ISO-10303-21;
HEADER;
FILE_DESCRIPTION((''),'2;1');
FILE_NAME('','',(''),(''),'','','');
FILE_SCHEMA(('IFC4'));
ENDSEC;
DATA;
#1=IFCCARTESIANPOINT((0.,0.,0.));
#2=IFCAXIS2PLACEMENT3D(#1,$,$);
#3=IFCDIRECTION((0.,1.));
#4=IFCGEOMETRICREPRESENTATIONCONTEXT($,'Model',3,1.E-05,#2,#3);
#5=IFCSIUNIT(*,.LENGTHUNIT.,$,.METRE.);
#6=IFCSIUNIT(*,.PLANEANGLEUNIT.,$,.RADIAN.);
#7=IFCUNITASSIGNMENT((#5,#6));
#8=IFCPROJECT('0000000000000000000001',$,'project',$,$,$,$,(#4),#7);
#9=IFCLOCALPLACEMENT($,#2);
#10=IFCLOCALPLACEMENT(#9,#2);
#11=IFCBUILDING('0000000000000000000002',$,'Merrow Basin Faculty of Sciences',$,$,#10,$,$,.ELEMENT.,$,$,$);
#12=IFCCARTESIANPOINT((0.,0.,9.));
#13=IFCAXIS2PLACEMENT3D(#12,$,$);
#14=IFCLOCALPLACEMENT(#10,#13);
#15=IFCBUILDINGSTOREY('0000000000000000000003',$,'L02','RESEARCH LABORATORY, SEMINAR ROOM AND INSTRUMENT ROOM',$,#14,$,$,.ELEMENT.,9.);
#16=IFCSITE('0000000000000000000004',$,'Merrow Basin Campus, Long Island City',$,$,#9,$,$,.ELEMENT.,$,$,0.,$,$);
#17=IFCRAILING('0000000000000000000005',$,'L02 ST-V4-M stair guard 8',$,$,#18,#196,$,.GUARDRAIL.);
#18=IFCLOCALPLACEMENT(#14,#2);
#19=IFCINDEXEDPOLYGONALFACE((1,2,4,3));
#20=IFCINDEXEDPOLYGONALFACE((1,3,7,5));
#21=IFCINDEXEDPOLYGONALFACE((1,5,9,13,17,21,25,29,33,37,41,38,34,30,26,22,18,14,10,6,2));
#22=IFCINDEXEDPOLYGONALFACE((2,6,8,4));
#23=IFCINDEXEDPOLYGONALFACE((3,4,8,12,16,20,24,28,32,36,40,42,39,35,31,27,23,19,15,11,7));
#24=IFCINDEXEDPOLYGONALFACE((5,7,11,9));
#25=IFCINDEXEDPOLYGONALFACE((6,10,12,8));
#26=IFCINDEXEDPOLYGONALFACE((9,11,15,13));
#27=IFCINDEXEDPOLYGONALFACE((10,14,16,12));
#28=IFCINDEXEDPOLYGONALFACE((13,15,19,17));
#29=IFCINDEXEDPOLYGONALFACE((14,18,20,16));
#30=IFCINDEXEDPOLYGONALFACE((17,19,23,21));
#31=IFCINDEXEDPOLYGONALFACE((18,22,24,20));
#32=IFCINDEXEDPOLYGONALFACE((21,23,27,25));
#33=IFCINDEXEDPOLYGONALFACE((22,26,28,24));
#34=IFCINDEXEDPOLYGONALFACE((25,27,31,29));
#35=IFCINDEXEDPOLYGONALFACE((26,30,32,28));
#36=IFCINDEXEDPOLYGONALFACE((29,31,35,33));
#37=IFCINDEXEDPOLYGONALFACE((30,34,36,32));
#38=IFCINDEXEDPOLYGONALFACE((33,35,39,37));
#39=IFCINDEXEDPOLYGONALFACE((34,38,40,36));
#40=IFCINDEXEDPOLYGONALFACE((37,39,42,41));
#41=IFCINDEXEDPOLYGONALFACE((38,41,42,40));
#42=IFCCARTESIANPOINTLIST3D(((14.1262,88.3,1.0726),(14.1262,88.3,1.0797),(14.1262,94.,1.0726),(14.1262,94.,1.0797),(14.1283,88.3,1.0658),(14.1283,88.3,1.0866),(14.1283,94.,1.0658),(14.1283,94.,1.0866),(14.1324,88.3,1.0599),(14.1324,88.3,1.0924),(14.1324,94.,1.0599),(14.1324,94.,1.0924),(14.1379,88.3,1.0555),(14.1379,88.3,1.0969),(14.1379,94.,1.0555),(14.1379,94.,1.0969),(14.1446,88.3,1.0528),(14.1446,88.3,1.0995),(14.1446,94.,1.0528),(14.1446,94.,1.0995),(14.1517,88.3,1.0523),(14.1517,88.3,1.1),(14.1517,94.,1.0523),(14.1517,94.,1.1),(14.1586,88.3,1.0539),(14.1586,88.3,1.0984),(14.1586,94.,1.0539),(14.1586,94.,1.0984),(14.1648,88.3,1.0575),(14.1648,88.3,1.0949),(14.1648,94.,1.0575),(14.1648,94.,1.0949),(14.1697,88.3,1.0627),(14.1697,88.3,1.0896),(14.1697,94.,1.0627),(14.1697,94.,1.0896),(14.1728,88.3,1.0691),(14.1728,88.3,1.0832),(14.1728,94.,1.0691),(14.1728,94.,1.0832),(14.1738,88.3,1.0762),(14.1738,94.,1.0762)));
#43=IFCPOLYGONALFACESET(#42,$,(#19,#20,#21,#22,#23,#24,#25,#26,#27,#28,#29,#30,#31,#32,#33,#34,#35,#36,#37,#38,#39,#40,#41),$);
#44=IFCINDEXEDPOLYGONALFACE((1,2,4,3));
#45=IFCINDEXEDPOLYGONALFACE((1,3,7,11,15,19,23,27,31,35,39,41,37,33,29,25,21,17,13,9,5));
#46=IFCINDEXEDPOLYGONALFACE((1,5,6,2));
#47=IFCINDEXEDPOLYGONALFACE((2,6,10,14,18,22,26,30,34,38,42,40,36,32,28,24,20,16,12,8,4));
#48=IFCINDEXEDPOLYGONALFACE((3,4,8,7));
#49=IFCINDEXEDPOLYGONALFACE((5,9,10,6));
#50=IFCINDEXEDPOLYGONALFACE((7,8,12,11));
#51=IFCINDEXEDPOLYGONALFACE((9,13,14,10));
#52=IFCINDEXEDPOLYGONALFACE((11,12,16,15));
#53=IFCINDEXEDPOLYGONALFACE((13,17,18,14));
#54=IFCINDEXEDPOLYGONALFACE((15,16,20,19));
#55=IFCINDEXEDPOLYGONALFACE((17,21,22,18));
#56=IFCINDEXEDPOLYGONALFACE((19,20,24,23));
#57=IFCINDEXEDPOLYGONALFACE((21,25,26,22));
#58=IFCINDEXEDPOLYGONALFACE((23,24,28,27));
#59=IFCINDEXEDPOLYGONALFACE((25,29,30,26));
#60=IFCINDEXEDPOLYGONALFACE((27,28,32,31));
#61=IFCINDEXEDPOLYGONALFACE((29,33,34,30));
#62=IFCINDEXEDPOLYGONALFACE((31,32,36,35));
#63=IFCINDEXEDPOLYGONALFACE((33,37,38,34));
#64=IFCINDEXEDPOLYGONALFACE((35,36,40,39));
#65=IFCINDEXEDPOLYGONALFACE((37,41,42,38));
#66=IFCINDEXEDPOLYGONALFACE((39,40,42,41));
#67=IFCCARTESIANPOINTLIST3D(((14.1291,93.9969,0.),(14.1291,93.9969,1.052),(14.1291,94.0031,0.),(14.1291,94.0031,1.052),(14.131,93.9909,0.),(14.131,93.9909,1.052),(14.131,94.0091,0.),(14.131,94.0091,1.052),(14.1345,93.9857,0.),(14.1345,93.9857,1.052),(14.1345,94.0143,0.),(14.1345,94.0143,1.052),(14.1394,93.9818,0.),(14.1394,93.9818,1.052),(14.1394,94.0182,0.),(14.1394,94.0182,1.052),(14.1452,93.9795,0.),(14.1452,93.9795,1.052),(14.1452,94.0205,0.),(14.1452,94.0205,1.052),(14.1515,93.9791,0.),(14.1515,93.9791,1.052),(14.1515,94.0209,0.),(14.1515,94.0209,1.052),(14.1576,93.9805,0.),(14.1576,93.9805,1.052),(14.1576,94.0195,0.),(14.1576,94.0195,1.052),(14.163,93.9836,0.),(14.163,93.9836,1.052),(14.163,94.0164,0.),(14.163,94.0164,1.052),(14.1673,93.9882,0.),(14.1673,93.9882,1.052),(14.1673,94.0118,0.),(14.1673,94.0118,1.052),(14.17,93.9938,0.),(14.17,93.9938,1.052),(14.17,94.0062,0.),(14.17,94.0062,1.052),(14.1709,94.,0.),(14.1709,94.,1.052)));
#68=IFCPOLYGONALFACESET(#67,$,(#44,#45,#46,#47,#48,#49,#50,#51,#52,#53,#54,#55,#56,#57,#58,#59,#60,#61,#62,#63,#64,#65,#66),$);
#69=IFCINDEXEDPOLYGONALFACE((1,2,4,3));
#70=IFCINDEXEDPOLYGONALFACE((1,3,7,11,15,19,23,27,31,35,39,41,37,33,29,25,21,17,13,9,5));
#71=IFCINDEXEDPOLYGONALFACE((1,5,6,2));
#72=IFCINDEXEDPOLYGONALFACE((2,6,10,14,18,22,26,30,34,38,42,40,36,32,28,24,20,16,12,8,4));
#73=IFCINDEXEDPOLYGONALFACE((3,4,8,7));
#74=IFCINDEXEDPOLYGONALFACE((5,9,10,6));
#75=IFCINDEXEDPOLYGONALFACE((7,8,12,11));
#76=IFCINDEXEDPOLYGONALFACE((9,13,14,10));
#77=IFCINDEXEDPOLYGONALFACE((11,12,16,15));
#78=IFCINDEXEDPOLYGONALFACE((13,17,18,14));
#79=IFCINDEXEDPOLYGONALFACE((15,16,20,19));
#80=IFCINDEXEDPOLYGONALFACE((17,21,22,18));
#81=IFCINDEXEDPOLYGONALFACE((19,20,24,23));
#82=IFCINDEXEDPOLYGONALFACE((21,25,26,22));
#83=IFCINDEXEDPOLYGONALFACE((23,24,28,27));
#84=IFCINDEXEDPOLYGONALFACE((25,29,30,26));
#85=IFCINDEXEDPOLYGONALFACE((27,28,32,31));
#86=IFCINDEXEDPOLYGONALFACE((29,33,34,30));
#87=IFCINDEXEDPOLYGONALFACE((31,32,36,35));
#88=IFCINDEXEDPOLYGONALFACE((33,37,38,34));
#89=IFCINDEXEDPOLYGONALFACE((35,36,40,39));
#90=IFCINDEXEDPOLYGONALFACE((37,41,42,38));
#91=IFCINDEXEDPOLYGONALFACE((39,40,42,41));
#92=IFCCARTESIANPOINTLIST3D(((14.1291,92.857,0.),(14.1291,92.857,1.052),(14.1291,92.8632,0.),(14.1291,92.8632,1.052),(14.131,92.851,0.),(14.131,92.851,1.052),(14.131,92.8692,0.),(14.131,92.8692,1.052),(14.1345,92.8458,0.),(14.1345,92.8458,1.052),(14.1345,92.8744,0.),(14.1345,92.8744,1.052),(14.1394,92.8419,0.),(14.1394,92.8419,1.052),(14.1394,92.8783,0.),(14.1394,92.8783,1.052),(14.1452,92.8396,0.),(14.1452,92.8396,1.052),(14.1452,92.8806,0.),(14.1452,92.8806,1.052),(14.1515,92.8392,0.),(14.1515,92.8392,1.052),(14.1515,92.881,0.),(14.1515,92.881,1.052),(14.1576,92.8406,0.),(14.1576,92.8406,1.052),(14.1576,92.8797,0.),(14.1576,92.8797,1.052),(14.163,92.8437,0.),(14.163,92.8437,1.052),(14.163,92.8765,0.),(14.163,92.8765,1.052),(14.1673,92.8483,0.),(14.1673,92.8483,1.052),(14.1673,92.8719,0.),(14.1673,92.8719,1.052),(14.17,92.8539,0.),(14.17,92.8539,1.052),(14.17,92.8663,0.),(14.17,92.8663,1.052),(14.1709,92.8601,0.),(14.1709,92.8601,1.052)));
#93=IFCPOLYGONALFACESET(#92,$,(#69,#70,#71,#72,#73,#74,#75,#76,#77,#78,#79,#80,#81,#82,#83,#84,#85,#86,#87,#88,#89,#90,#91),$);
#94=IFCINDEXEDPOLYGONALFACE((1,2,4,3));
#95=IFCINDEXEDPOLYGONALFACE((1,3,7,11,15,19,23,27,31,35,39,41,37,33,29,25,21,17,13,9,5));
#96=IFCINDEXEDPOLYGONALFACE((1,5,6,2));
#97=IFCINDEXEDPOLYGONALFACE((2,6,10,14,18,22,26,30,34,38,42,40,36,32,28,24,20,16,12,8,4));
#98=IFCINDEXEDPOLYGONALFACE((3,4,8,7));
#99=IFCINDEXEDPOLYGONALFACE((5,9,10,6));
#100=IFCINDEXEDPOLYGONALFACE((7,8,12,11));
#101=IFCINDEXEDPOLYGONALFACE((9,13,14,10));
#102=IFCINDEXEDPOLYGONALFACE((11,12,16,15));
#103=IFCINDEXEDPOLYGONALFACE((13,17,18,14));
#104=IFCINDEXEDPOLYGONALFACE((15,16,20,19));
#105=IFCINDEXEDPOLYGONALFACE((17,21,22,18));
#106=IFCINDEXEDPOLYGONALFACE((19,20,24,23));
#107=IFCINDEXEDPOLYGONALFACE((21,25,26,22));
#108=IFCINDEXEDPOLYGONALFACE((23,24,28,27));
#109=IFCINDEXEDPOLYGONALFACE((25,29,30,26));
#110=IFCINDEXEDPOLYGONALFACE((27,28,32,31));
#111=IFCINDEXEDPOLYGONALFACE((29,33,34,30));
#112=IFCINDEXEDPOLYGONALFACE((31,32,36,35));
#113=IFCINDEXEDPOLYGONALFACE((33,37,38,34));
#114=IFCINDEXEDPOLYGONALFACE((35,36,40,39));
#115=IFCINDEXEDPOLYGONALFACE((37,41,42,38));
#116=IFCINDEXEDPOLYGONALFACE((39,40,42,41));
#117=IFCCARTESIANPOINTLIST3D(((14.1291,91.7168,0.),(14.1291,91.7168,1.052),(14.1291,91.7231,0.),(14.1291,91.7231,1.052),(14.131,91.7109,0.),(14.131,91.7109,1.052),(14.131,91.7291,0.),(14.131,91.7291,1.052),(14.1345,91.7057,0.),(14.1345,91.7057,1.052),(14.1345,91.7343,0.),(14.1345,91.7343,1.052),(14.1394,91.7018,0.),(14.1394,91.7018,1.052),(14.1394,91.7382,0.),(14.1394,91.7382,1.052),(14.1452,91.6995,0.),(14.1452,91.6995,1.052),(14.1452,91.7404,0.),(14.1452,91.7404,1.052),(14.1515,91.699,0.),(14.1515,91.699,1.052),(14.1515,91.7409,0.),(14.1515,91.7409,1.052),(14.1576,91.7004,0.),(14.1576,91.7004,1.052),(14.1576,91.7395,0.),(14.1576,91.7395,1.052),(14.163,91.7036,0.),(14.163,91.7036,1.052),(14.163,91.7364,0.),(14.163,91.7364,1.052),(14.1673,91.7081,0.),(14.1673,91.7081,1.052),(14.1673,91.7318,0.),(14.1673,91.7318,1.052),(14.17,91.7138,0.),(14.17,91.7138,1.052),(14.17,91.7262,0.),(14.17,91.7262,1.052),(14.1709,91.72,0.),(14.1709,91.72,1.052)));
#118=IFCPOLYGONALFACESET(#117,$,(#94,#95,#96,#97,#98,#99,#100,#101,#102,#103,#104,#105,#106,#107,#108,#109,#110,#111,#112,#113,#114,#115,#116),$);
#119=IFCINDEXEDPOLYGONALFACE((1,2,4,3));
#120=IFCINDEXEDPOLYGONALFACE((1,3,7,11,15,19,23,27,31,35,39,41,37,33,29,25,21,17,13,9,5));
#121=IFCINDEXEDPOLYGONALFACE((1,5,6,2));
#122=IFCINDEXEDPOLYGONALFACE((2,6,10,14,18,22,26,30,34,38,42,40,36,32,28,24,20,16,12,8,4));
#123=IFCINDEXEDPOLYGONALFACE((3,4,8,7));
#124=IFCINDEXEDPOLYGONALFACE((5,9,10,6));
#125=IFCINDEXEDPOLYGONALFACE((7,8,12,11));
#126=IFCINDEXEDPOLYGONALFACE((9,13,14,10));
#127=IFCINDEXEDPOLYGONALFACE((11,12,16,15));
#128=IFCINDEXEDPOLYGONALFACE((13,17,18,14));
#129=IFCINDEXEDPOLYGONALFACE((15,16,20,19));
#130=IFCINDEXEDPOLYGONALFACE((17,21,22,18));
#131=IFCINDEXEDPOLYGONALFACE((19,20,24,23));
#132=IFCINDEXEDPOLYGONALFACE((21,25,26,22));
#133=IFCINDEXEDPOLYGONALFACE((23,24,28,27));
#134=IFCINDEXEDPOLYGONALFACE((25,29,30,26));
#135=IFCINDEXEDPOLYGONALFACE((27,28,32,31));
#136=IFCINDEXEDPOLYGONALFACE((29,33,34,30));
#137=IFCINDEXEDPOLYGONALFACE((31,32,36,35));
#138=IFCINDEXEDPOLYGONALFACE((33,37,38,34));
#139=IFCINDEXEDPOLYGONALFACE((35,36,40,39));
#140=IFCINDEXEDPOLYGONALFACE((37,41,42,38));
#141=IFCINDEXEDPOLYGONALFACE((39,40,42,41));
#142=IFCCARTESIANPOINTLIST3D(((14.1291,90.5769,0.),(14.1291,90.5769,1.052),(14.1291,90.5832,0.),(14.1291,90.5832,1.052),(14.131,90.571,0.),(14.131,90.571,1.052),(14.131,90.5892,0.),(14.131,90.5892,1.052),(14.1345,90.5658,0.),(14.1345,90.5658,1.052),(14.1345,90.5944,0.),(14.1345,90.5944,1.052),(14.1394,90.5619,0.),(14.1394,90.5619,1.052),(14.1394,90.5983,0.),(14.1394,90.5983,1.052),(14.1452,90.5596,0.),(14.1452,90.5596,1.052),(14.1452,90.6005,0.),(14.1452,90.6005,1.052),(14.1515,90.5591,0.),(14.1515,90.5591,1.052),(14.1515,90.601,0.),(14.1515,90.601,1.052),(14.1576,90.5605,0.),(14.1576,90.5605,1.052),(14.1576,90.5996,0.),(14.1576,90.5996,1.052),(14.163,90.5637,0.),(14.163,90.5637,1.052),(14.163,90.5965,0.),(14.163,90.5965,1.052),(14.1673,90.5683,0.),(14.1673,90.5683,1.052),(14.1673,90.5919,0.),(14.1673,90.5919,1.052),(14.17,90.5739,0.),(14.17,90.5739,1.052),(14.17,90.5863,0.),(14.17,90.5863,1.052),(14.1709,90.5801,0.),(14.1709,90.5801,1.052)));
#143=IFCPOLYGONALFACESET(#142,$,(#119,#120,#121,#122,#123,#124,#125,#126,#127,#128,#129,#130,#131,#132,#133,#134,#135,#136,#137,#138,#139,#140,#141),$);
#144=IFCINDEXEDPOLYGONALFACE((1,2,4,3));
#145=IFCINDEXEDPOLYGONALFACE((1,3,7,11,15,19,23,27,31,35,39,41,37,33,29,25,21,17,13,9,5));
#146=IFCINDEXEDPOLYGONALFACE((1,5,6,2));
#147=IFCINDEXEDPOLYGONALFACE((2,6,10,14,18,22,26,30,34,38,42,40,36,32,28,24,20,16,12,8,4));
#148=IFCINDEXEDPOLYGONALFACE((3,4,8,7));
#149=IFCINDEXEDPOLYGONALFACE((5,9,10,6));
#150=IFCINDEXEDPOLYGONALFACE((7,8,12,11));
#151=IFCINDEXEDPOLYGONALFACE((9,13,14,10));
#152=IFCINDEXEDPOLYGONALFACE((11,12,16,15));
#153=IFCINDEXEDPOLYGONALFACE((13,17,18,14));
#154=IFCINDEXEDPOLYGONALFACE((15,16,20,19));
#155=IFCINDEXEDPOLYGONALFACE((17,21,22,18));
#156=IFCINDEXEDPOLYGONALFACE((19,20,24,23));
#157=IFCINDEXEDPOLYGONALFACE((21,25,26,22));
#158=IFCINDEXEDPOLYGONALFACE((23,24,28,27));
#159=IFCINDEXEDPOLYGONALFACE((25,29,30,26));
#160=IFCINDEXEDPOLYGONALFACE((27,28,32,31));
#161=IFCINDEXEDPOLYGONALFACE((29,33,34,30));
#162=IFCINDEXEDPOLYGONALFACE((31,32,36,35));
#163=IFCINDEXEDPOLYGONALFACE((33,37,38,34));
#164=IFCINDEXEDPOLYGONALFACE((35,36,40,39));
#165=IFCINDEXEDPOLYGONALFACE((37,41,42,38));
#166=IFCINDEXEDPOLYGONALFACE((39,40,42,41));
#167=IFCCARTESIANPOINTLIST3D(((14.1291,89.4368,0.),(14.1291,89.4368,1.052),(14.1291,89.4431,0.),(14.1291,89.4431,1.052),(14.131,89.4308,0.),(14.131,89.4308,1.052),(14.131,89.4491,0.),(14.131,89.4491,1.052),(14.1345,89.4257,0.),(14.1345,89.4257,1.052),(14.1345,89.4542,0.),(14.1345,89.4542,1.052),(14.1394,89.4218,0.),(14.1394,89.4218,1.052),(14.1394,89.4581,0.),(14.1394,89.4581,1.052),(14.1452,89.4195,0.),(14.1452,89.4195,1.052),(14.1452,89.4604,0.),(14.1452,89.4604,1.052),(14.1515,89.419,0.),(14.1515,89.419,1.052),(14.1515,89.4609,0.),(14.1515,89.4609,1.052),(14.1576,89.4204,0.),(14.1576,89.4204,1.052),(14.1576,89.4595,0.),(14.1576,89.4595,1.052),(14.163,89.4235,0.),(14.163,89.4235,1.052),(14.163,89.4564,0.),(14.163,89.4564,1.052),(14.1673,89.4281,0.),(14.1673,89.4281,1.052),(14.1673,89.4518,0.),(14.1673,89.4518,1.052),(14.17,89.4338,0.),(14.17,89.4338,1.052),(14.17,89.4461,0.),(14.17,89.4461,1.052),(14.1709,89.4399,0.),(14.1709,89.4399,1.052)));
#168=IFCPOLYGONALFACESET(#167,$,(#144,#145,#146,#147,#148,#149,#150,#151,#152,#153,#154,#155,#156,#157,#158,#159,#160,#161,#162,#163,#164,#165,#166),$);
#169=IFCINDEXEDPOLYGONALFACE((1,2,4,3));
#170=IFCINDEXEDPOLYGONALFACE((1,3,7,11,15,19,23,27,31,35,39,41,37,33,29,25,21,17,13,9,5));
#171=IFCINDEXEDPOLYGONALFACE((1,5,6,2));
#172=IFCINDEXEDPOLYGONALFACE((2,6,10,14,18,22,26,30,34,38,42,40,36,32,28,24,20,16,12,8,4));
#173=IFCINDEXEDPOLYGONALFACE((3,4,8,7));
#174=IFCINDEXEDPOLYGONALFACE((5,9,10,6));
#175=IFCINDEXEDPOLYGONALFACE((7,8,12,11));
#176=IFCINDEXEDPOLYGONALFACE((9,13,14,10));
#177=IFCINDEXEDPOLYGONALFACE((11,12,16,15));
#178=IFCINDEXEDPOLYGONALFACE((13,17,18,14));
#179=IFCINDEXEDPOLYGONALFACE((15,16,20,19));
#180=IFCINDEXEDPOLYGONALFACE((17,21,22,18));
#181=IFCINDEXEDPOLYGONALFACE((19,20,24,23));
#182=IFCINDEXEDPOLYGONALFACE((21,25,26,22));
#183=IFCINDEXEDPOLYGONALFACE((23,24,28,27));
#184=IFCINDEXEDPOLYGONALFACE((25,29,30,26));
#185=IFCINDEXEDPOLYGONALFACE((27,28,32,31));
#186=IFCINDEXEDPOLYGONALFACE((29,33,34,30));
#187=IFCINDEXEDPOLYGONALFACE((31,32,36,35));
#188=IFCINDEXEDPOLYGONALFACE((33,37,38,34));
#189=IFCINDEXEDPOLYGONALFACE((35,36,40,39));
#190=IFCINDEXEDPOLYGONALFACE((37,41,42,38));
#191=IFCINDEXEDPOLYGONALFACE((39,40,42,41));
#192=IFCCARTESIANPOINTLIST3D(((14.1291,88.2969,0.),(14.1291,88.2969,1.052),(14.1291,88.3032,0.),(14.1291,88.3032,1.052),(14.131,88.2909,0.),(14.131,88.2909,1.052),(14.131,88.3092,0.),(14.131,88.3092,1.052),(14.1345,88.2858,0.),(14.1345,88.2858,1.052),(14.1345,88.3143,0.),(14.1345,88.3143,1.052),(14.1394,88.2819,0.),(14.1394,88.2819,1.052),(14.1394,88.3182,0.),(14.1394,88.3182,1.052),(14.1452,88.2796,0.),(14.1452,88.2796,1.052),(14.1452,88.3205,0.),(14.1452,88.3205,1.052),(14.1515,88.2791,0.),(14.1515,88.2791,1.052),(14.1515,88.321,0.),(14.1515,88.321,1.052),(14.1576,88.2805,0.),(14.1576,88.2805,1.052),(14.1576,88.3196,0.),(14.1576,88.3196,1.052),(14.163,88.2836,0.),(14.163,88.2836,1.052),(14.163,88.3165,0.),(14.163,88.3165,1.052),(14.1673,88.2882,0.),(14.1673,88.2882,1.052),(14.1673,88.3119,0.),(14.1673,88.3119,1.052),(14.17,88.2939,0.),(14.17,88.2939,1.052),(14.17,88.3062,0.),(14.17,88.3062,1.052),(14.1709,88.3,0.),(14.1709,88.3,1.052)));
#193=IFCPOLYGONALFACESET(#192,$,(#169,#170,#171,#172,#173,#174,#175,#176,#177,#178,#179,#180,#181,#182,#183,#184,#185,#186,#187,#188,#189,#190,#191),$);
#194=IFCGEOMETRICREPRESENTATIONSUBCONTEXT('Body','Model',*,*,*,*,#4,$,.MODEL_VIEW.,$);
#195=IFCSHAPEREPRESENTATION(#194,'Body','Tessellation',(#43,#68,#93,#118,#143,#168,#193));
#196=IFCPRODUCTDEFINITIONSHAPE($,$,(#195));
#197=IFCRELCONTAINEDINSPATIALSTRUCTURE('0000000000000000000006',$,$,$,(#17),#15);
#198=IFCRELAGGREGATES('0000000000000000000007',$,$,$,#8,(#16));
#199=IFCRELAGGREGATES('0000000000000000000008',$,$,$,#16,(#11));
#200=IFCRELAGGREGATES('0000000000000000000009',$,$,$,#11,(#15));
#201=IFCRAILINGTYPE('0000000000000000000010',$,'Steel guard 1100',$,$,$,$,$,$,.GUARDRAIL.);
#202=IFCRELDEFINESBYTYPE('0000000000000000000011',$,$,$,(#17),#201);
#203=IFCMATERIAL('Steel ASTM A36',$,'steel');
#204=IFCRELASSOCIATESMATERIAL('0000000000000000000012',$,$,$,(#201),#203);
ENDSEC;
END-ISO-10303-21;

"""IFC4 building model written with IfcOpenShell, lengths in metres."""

from ifc_helpers import new_model, si_unit, direction, frame, origin, origin_2d, place, context, subcontext, project, spatial, circle, extrude, material, type_object, element, save


model = new_model("IFC4")

# Units and contexts
model_context = context("Model", 3, precision=1e-05, world=origin(), true_north=direction((0.0, 1.0)))
body_context = subcontext(model_context, "Body", "Model", "MODEL_VIEW")
ifc_project = project(units=[si_unit("LENGTHUNIT", "METRE"), si_unit("PLANEANGLEUNIT", "RADIAN")], contexts=[model_context])

# Site, building, storey
site_placement = place(None, origin())
site = spatial("IfcSite", under=ifc_project, at=site_placement, Name="Merrow Basin Campus, Long Island City", CompositionType="ELEMENT", RefElevation=0.0)
building_placement = place(site_placement, origin())
building = spatial("IfcBuilding", under=site, at=building_placement, Name="Merrow Basin Faculty of Sciences", CompositionType="ELEMENT")
storey_placement = place(building_placement, frame((0.0, 0.0, 9.0)))
storey = spatial("IfcBuildingStorey", under=building, at=storey_placement, Name="L02", Description="RESEARCH LABORATORY, SEMINAR ROOM AND INSTRUMENT ROOM", CompositionType="ELEMENT", Elevation=9.0)

# Railing
ifc_material_1 = material(Name="Steel ASTM A36", Category="steel")
railing_type_1 = type_object("IfcRailingType", Name="Steel guard 1100", PredefinedType="GUARDRAIL", material=ifc_material_1)
railing_1_placement = place(storey_placement, frame((14.1499, 94.0, 0.0)))
element("IfcRailing", 1, at=railing_1_placement, inside=storey, type_object=railing_type_1, Name="L02 ST-V4-M stair guard 8", PredefinedType="GUARDRAIL", context=body_context, shape_type="SweptSolid", body=[
    extrude(circle(Radius=0.0239, at=origin_2d()), frame((0.0, 0.0, 1.0762), z_axis=(0.0, -1.0, 0.0), x_axis=(1.0, 0.0, 0.0)), (0.0, 0.0, 1.0), 5.7),
    extrude(circle(Radius=0.021, at=origin_2d()), origin(), (0.0, 0.0, 1.0), 1.052),
    extrude(circle(Radius=0.021, at=origin_2d()), frame((0.0, -1.1399, 0.0)), (0.0, 0.0, 1.0), 1.052),
    extrude(circle(Radius=0.021, at=origin_2d()), frame((0.0, -2.28, 0.0)), (0.0, 0.0, 1.0), 1.052),
    extrude(circle(Radius=0.021, at=origin_2d()), frame((0.0, -3.4199, 0.0)), (0.0, 0.0, 1.0), 1.052),
    extrude(circle(Radius=0.021, at=origin_2d()), frame((0.0, -4.5601, 0.0)), (0.0, 0.0, 1.0), 1.052),
    extrude(circle(Radius=0.021, at=origin_2d()), frame((0.0, -5.7, 0.0)), (0.0, 0.0, 1.0), 1.052),
])

save(model, "model.ifc")
